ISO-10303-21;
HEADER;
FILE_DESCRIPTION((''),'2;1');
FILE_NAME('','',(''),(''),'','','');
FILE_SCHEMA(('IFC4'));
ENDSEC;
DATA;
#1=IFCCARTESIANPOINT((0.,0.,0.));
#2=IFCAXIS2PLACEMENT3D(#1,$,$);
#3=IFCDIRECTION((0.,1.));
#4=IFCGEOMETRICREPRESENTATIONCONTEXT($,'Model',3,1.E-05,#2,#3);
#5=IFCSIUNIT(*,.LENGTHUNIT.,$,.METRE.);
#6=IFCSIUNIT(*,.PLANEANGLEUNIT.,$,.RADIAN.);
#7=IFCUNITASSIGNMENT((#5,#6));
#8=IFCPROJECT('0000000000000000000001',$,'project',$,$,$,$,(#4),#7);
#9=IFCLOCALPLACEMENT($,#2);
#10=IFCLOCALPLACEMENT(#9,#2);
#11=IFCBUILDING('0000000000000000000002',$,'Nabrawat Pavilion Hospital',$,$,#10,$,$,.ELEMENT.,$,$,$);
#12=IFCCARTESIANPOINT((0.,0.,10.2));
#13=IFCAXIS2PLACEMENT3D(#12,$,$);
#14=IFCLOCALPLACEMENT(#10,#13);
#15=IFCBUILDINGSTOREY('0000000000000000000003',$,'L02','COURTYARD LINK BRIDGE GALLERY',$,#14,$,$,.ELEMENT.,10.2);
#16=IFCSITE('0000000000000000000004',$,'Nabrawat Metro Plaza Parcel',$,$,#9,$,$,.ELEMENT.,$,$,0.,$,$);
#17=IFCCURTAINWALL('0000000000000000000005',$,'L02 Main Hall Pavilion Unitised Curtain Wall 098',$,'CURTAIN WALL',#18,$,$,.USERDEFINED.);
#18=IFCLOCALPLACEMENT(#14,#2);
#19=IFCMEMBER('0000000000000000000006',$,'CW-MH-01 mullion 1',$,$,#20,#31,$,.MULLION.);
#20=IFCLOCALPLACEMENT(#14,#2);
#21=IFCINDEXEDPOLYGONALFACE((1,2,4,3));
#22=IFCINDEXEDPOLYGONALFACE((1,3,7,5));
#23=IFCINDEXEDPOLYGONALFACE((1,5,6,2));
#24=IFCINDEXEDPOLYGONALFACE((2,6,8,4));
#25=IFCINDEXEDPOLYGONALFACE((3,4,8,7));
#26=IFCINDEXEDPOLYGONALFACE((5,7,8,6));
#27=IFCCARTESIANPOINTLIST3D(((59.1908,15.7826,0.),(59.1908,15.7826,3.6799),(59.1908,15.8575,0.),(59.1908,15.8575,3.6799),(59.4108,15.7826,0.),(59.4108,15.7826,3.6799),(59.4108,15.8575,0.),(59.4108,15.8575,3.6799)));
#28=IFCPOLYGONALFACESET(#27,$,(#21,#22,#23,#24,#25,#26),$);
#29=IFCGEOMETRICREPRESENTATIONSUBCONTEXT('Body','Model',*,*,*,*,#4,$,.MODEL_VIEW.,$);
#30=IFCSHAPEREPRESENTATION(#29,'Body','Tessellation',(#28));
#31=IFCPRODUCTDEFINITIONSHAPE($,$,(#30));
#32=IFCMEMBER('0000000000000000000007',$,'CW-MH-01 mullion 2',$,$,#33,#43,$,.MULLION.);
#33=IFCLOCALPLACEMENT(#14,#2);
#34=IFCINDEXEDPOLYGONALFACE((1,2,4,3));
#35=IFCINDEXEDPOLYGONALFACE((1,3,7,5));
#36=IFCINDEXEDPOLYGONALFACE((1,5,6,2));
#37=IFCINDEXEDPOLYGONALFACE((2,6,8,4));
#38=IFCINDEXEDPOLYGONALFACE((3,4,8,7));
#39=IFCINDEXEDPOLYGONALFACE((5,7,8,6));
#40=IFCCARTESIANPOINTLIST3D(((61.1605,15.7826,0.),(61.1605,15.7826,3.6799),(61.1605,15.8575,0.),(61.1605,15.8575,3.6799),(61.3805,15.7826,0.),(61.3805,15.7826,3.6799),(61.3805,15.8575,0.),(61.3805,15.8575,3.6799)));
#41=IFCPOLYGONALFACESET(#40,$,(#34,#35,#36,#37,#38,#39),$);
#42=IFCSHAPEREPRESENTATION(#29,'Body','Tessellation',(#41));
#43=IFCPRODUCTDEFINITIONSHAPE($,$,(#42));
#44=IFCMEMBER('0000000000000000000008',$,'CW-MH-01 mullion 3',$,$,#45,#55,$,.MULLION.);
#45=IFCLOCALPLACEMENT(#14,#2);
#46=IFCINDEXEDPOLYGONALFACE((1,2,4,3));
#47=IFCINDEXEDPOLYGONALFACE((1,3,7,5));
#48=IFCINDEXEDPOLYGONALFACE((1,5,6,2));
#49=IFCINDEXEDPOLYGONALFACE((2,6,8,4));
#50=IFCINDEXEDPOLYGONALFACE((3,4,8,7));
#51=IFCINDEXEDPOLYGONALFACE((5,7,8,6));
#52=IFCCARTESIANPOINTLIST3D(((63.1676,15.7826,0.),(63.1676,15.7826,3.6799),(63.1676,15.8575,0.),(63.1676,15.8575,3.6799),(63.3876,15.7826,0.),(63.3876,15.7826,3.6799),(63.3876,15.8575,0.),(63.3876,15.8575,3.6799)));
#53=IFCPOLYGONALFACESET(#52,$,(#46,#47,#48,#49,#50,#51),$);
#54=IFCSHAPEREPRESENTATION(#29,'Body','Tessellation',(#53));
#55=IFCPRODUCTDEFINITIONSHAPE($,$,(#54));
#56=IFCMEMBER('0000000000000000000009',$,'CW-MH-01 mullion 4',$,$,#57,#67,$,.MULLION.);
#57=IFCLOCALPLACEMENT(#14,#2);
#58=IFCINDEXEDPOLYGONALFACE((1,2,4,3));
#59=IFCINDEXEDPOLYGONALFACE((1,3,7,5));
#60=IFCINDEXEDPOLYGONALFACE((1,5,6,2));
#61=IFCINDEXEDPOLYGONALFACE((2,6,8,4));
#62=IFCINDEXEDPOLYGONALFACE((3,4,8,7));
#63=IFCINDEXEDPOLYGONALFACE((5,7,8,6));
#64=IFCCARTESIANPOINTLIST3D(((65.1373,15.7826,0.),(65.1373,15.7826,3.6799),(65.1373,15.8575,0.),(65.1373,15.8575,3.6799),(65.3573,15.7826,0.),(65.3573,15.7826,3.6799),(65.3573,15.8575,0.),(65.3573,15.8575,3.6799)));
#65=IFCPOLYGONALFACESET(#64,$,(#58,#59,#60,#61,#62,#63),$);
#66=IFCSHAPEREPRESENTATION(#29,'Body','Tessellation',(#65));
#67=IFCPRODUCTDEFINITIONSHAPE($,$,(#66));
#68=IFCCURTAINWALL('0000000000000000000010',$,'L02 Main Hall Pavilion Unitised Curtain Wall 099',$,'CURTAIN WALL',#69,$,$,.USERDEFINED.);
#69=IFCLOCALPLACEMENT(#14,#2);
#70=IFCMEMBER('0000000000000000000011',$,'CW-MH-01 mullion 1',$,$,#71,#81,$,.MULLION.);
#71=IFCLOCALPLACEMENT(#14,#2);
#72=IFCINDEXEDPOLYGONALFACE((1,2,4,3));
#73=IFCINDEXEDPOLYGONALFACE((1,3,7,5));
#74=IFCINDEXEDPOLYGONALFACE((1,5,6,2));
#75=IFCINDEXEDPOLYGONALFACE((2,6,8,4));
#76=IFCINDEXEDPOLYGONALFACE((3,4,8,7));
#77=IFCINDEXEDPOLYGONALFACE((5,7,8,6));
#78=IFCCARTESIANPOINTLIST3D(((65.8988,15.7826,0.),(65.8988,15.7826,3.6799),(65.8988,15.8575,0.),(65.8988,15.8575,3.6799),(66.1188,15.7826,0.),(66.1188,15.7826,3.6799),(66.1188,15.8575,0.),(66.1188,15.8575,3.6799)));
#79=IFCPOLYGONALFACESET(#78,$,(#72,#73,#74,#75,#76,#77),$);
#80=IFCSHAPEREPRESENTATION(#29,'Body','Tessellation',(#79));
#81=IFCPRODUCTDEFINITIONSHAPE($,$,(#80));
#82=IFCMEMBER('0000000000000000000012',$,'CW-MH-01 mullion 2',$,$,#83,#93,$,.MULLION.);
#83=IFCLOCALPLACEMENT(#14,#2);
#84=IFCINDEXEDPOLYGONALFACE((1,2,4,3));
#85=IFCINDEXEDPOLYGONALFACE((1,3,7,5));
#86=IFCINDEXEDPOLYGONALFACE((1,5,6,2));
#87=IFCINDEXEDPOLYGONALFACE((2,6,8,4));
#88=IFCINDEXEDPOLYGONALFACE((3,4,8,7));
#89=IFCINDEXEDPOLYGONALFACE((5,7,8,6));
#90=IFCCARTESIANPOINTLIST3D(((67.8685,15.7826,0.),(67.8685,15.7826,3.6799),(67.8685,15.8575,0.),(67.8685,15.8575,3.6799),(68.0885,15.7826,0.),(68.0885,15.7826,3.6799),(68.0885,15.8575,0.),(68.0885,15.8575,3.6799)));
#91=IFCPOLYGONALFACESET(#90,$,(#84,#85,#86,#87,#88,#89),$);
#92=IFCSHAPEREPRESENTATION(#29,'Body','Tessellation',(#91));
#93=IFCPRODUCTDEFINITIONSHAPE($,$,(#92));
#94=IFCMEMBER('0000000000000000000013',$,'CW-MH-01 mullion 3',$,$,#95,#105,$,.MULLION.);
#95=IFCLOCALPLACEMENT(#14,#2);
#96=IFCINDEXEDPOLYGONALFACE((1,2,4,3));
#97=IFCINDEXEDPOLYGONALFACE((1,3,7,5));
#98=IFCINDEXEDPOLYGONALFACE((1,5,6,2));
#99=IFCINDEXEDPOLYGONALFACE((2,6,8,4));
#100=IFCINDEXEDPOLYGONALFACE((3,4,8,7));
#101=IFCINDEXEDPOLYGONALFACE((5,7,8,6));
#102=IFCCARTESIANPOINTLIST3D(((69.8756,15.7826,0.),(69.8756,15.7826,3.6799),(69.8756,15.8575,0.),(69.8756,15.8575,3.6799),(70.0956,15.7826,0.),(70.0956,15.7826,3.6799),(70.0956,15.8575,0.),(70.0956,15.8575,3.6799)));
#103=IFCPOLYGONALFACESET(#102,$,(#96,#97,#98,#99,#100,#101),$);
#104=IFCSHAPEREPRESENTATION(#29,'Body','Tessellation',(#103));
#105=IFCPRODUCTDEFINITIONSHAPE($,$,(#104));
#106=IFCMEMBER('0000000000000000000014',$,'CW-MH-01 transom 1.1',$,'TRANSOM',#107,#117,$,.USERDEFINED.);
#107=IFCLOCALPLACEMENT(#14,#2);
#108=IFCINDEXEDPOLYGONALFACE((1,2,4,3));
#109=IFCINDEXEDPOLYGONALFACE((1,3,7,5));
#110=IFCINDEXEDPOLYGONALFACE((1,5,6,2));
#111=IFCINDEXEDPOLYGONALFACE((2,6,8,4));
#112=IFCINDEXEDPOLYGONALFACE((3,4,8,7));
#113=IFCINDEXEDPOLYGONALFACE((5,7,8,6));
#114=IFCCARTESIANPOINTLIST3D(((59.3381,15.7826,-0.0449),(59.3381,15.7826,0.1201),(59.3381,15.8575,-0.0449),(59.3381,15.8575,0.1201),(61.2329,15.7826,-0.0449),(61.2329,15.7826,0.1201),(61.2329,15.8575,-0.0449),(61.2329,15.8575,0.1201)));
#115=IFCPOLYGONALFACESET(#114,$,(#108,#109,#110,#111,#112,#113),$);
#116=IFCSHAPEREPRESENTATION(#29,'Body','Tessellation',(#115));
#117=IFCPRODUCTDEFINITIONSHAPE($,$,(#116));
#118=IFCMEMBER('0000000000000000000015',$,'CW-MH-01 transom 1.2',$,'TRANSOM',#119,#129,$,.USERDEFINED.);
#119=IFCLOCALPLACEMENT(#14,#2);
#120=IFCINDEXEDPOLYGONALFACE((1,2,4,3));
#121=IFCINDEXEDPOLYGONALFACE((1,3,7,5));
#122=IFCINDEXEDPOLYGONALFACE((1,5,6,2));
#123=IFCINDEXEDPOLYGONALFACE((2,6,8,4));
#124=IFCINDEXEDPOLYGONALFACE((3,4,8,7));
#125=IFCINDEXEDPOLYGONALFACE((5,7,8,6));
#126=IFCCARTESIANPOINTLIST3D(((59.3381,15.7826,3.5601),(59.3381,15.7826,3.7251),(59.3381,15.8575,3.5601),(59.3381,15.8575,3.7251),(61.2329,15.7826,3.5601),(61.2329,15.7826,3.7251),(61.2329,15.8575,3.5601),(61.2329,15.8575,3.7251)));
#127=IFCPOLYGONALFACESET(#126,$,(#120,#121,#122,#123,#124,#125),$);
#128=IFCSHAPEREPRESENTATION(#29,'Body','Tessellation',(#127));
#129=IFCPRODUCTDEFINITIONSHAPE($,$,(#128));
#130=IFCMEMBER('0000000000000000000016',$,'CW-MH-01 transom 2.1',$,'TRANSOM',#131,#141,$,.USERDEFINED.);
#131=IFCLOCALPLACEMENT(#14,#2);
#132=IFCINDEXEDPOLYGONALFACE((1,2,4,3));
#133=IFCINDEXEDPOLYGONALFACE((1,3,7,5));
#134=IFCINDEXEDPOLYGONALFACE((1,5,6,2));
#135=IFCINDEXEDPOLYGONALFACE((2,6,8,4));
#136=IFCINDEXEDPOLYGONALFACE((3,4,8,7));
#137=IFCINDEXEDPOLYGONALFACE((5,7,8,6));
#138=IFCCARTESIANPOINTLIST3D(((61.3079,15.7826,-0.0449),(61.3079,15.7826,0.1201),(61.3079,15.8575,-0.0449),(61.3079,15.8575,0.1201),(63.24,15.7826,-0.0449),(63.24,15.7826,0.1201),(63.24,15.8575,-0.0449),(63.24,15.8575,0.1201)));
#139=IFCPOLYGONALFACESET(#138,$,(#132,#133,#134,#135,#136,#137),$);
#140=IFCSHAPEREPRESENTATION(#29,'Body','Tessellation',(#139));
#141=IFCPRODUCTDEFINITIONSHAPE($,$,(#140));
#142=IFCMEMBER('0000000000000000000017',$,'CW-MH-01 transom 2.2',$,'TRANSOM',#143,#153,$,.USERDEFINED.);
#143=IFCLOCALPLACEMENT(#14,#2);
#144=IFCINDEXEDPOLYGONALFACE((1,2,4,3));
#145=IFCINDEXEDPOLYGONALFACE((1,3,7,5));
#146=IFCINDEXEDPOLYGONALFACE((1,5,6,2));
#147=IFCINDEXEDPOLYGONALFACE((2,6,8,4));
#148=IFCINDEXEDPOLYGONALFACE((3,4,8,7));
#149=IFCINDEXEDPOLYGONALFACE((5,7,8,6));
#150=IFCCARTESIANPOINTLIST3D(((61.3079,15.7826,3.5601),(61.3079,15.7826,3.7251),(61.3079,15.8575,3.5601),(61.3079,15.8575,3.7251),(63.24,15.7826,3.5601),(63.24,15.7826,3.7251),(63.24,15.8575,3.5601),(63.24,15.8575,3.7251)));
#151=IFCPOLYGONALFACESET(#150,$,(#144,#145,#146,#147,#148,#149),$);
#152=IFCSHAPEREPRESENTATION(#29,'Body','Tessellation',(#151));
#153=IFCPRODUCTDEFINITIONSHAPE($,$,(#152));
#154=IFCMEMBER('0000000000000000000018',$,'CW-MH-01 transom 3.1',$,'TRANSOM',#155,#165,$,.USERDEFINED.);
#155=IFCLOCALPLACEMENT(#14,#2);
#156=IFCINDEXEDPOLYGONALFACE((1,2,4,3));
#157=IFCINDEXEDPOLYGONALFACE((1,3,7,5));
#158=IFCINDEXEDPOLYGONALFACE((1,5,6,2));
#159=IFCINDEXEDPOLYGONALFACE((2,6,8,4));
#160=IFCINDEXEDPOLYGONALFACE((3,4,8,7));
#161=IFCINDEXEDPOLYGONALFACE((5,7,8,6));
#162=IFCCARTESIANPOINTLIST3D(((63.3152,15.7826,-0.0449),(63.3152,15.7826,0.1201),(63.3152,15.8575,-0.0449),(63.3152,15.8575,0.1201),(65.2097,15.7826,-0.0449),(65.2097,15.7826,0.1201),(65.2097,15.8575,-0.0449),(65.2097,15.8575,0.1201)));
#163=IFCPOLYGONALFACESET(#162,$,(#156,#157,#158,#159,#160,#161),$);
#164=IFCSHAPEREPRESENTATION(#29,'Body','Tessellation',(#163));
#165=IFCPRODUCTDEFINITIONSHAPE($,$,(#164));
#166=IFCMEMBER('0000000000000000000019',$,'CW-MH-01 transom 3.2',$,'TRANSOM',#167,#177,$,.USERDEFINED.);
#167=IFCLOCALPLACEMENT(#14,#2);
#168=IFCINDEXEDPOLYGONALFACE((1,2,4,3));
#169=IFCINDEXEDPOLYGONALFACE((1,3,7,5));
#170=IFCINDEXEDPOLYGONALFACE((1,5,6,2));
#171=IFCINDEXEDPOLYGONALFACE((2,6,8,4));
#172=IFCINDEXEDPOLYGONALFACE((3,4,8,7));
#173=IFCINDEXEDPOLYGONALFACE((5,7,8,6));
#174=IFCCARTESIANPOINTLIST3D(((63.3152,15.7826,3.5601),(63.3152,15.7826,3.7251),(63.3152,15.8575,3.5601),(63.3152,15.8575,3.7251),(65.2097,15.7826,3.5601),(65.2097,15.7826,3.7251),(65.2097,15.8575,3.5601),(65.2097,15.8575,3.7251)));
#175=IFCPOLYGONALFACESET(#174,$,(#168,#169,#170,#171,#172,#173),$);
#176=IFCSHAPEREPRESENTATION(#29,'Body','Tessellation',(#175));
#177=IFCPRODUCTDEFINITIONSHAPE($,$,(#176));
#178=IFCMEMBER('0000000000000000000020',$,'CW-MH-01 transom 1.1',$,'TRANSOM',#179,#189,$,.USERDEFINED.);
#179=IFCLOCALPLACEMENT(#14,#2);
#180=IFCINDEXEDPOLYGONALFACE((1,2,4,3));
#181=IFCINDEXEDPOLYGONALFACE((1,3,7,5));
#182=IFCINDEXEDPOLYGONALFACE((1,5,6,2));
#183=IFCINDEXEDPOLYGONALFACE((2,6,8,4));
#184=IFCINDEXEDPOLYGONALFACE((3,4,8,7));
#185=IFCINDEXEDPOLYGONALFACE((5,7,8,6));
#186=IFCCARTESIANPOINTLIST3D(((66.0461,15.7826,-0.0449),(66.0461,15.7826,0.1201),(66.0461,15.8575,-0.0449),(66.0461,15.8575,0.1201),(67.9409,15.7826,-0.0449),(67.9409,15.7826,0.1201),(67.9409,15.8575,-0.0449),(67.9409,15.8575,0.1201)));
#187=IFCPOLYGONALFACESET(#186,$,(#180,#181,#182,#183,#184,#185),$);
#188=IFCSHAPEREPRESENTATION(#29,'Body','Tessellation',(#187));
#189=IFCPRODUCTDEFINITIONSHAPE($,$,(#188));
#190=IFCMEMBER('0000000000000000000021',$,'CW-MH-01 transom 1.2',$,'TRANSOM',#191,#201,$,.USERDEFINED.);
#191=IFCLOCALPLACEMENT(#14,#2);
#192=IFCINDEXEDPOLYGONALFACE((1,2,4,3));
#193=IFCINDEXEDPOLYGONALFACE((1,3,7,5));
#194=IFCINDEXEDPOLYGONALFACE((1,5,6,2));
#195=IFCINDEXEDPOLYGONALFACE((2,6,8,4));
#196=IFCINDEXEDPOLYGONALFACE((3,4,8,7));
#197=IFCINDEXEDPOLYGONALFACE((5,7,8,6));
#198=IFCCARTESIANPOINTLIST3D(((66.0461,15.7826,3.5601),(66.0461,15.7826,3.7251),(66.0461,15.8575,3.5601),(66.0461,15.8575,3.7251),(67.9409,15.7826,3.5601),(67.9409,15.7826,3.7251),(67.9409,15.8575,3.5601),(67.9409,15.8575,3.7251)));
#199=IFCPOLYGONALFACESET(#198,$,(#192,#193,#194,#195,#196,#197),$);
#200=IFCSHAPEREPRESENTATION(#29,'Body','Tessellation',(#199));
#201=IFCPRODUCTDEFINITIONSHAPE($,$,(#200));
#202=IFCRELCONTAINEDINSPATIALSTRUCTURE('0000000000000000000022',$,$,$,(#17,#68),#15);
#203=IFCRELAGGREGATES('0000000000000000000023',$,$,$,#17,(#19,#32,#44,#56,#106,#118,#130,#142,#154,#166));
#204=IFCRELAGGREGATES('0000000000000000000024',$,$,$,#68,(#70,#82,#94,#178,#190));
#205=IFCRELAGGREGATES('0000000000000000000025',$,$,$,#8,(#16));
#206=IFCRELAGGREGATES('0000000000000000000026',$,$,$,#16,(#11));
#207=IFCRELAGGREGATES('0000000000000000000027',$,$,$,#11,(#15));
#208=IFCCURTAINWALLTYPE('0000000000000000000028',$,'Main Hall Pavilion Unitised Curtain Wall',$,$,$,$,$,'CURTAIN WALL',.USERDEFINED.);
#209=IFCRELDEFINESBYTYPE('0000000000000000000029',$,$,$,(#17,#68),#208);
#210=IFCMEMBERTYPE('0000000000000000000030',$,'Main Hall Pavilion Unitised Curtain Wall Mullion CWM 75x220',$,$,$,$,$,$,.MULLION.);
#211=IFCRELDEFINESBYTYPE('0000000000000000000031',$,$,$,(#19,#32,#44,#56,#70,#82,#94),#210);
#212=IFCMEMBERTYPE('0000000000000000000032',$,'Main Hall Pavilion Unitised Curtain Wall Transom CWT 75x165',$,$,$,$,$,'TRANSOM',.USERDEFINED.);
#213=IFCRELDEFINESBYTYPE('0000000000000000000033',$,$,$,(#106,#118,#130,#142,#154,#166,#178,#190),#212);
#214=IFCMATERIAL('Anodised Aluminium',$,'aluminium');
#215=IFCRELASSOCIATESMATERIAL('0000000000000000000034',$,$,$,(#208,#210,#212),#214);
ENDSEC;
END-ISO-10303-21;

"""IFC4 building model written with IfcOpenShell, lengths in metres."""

from ifc_helpers import new_model, si_unit, direction, frame, origin, origin_2d, place, context, subcontext, project, spatial, rectangle, extrude, material, material_profile, profile_set, type_object, element, aggregate, save


model = new_model("IFC4")

# Units and contexts
model_context = context("Model", 3, precision=1e-05, world=origin(), true_north=direction((0.0, 1.0)))
body_context = subcontext(model_context, "Body", "Model", "MODEL_VIEW")
ifc_project = project(units=[si_unit("LENGTHUNIT", "METRE"), si_unit("PLANEANGLEUNIT", "RADIAN")], contexts=[model_context])

# Site, building, storey
site_placement = place(None, origin())
site = spatial("IfcSite", under=ifc_project, at=site_placement, Name="Nabrawat Metro Plaza Parcel", CompositionType="ELEMENT", RefElevation=0.0)
building_placement = place(site_placement, origin())
building = spatial("IfcBuilding", under=site, at=building_placement, Name="Nabrawat Pavilion Hospital", CompositionType="ELEMENT")
storey_placement = place(building_placement, frame((0.0, 0.0, 10.2)))
storey = spatial("IfcBuildingStorey", under=building, at=storey_placement, Name="L02", Description="COURTYARD LINK BRIDGE GALLERY", CompositionType="ELEMENT", Elevation=10.2)

# Curtain walls, members
ifc_material_1 = material(Name="Anodised Aluminium", Category="aluminium")
curtain_wall_type = type_object("IfcCurtainWallType", Name="Main Hall Pavilion Unitised Curtain Wall", ElementType="CURTAIN WALL", PredefinedType="USERDEFINED", material=ifc_material_1)
curtain_wall_1_placement = place(storey_placement, origin())
curtain_wall_1 = element("IfcCurtainWall", 1, at=curtain_wall_1_placement, inside=storey, type_object=curtain_wall_type, Name="L02 Main Hall Pavilion Unitised Curtain Wall 098", ObjectType="CURTAIN WALL", PredefinedType="USERDEFINED")
ifc_material_profile_1 = material_profile(ifc_material_1, rectangle(XDim=0.075, YDim=0.22, at=origin_2d()), Name="CWM 75x220")
ifc_profile_set_1 = profile_set([ifc_material_profile_1], Name="Anodised Aluminium")
member_type_1 = type_object("IfcMemberType", Name="Main Hall Pavilion Unitised Curtain Wall Mullion CWM 75x220", PredefinedType="MULLION", material=ifc_profile_set_1)
member_1_placement = place(storey_placement, frame((59.3008, 15.8201, 0.0), z_axis=(0.0, 0.0, 1.0), x_axis=(0.0, 1.0, 0.0)))
member_1 = element("IfcMember", 2, at=member_1_placement, type_object=member_type_1, Name="CW-MH-01 mullion 1", PredefinedType="MULLION", context=body_context, shape_type="SweptSolid", body=[
    extrude(rectangle(XDim=0.075, YDim=0.22, at=origin_2d()), origin(), (0.0, 0.0, 1.0), 3.6799),
])
member_2_placement = place(storey_placement, frame((61.2705, 15.8201, 0.0), z_axis=(0.0, 0.0, 1.0), x_axis=(0.0, 1.0, 0.0)))
member_2 = element("IfcMember", 3, at=member_2_placement, type_object=member_type_1, Name="CW-MH-01 mullion 2", PredefinedType="MULLION", context=body_context, shape_type="SweptSolid", body=[
    extrude(rectangle(XDim=0.075, YDim=0.22, at=origin_2d()), origin(), (0.0, 0.0, 1.0), 3.6799),
])
member_3_placement = place(storey_placement, frame((63.2776, 15.8201, 0.0), z_axis=(0.0, 0.0, 1.0), x_axis=(0.0, 1.0, 0.0)))
member_3 = element("IfcMember", 4, at=member_3_placement, type_object=member_type_1, Name="CW-MH-01 mullion 3", PredefinedType="MULLION", context=body_context, shape_type="SweptSolid", body=[
    extrude(rectangle(XDim=0.075, YDim=0.22, at=origin_2d()), origin(), (0.0, 0.0, 1.0), 3.6799),
])
member_4_placement = place(storey_placement, frame((65.2473, 15.8201, 0.0), z_axis=(0.0, 0.0, 1.0), x_axis=(0.0, 1.0, 0.0)))
member_4 = element("IfcMember", 5, at=member_4_placement, type_object=member_type_1, Name="CW-MH-01 mullion 4", PredefinedType="MULLION", context=body_context, shape_type="SweptSolid", body=[
    extrude(rectangle(XDim=0.075, YDim=0.22, at=origin_2d()), origin(), (0.0, 0.0, 1.0), 3.6799),
])
curtain_wall_2_placement = place(storey_placement, origin())
curtain_wall_2 = element("IfcCurtainWall", 6, at=curtain_wall_2_placement, inside=storey, type_object=curtain_wall_type, Name="L02 Main Hall Pavilion Unitised Curtain Wall 099", ObjectType="CURTAIN WALL", PredefinedType="USERDEFINED")
member_5_placement = place(storey_placement, frame((66.0088, 15.8201, 0.0), z_axis=(0.0, 0.0, 1.0), x_axis=(0.0, 1.0, 0.0)))
member_5 = element("IfcMember", 7, at=member_5_placement, type_object=member_type_1, Name="CW-MH-01 mullion 1", PredefinedType="MULLION", context=body_context, shape_type="SweptSolid", body=[
    extrude(rectangle(XDim=0.075, YDim=0.22, at=origin_2d()), origin(), (0.0, 0.0, 1.0), 3.6799),
])
member_6_placement = place(storey_placement, frame((67.9785, 15.8201, 0.0), z_axis=(0.0, 0.0, 1.0), x_axis=(0.0, 1.0, 0.0)))
member_6 = element("IfcMember", 8, at=member_6_placement, type_object=member_type_1, Name="CW-MH-01 mullion 2", PredefinedType="MULLION", context=body_context, shape_type="SweptSolid", body=[
    extrude(rectangle(XDim=0.075, YDim=0.22, at=origin_2d()), origin(), (0.0, 0.0, 1.0), 3.6799),
])
member_7_placement = place(storey_placement, frame((69.9856, 15.8201, 0.0), z_axis=(0.0, 0.0, 1.0), x_axis=(0.0, 1.0, 0.0)))
member_7 = element("IfcMember", 9, at=member_7_placement, type_object=member_type_1, Name="CW-MH-01 mullion 3", PredefinedType="MULLION", context=body_context, shape_type="SweptSolid", body=[
    extrude(rectangle(XDim=0.075, YDim=0.22, at=origin_2d()), origin(), (0.0, 0.0, 1.0), 3.6799),
])

# Members
ifc_material_profile_2 = material_profile(ifc_material_1, rectangle(XDim=0.075, YDim=0.165, at=origin_2d()), Name="CWT 75x165")
ifc_profile_set_2 = profile_set([ifc_material_profile_2], Name="Anodised Aluminium")
member_type_2 = type_object("IfcMemberType", Name="Main Hall Pavilion Unitised Curtain Wall Transom CWT 75x165", ElementType="TRANSOM", PredefinedType="USERDEFINED", material=ifc_profile_set_2)
member_8_placement = place(storey_placement, frame((59.3381, 15.8201, 0.0376), z_axis=(1.0, 0.0, 0.0), x_axis=(0.0, 1.0, 0.0)))
member_8 = element("IfcMember", 10, at=member_8_placement, type_object=member_type_2, Name="CW-MH-01 transom 1.1", ObjectType="TRANSOM", PredefinedType="USERDEFINED", context=body_context, shape_type="SweptSolid", body=[
    extrude(rectangle(XDim=0.075, YDim=0.165, at=origin_2d()), origin(), (0.0, 0.0, 1.0), 1.8948),
])
member_9_placement = place(storey_placement, frame((59.3381, 15.8201, 3.6426), z_axis=(1.0, 0.0, 0.0), x_axis=(0.0, 1.0, 0.0)))
member_9 = element("IfcMember", 11, at=member_9_placement, type_object=member_type_2, Name="CW-MH-01 transom 1.2", ObjectType="TRANSOM", PredefinedType="USERDEFINED", context=body_context, shape_type="SweptSolid", body=[
    extrude(rectangle(XDim=0.075, YDim=0.165, at=origin_2d()), origin(), (0.0, 0.0, 1.0), 1.8948),
])
member_10_placement = place(storey_placement, frame((61.3079, 15.8201, 0.0376), z_axis=(1.0, 0.0, 0.0), x_axis=(0.0, 1.0, 0.0)))
member_10 = element("IfcMember", 12, at=member_10_placement, type_object=member_type_2, Name="CW-MH-01 transom 2.1", ObjectType="TRANSOM", PredefinedType="USERDEFINED", context=body_context, shape_type="SweptSolid", body=[
    extrude(rectangle(XDim=0.075, YDim=0.165, at=origin_2d()), origin(), (0.0, 0.0, 1.0), 1.9321),
])
member_11_placement = place(storey_placement, frame((61.3079, 15.8201, 3.6426), z_axis=(1.0, 0.0, 0.0), x_axis=(0.0, 1.0, 0.0)))
member_11 = element("IfcMember", 13, at=member_11_placement, type_object=member_type_2, Name="CW-MH-01 transom 2.2", ObjectType="TRANSOM", PredefinedType="USERDEFINED", context=body_context, shape_type="SweptSolid", body=[
    extrude(rectangle(XDim=0.075, YDim=0.165, at=origin_2d()), origin(), (0.0, 0.0, 1.0), 1.9321),
])
member_12_placement = place(storey_placement, frame((63.3152, 15.8201, 0.0376), z_axis=(1.0, 0.0, 0.0), x_axis=(0.0, 1.0, 0.0)))
member_12 = element("IfcMember", 14, at=member_12_placement, type_object=member_type_2, Name="CW-MH-01 transom 3.1", ObjectType="TRANSOM", PredefinedType="USERDEFINED", context=body_context, shape_type="SweptSolid", body=[
    extrude(rectangle(XDim=0.075, YDim=0.165, at=origin_2d()), origin(), (0.0, 0.0, 1.0), 1.8945),
])
member_13_placement = place(storey_placement, frame((63.3152, 15.8201, 3.6426), z_axis=(1.0, 0.0, 0.0), x_axis=(0.0, 1.0, 0.0)))
member_13 = element("IfcMember", 15, at=member_13_placement, type_object=member_type_2, Name="CW-MH-01 transom 3.2", ObjectType="TRANSOM", PredefinedType="USERDEFINED", context=body_context, shape_type="SweptSolid", body=[
    extrude(rectangle(XDim=0.075, YDim=0.165, at=origin_2d()), origin(), (0.0, 0.0, 1.0), 1.8945),
])
member_14_placement = place(storey_placement, frame((66.0461, 15.8201, 0.0376), z_axis=(1.0, 0.0, 0.0), x_axis=(0.0, 1.0, 0.0)))
member_14 = element("IfcMember", 16, at=member_14_placement, type_object=member_type_2, Name="CW-MH-01 transom 1.1", ObjectType="TRANSOM", PredefinedType="USERDEFINED", context=body_context, shape_type="SweptSolid", body=[
    extrude(rectangle(XDim=0.075, YDim=0.165, at=origin_2d()), origin(), (0.0, 0.0, 1.0), 1.8948),
])
member_15_placement = place(storey_placement, frame((66.0461, 15.8201, 3.6426), z_axis=(1.0, 0.0, 0.0), x_axis=(0.0, 1.0, 0.0)))
member_15 = element("IfcMember", 17, at=member_15_placement, type_object=member_type_2, Name="CW-MH-01 transom 1.2", ObjectType="TRANSOM", PredefinedType="USERDEFINED", context=body_context, shape_type="SweptSolid", body=[
    extrude(rectangle(XDim=0.075, YDim=0.165, at=origin_2d()), origin(), (0.0, 0.0, 1.0), 1.8948),
])

aggregate(curtain_wall_1, [member_1, member_2, member_3, member_4, member_8, member_9, member_10, member_11, member_12, member_13])
aggregate(curtain_wall_2, [member_5, member_6, member_7, member_14, member_15])

save(model, "model.ifc")
